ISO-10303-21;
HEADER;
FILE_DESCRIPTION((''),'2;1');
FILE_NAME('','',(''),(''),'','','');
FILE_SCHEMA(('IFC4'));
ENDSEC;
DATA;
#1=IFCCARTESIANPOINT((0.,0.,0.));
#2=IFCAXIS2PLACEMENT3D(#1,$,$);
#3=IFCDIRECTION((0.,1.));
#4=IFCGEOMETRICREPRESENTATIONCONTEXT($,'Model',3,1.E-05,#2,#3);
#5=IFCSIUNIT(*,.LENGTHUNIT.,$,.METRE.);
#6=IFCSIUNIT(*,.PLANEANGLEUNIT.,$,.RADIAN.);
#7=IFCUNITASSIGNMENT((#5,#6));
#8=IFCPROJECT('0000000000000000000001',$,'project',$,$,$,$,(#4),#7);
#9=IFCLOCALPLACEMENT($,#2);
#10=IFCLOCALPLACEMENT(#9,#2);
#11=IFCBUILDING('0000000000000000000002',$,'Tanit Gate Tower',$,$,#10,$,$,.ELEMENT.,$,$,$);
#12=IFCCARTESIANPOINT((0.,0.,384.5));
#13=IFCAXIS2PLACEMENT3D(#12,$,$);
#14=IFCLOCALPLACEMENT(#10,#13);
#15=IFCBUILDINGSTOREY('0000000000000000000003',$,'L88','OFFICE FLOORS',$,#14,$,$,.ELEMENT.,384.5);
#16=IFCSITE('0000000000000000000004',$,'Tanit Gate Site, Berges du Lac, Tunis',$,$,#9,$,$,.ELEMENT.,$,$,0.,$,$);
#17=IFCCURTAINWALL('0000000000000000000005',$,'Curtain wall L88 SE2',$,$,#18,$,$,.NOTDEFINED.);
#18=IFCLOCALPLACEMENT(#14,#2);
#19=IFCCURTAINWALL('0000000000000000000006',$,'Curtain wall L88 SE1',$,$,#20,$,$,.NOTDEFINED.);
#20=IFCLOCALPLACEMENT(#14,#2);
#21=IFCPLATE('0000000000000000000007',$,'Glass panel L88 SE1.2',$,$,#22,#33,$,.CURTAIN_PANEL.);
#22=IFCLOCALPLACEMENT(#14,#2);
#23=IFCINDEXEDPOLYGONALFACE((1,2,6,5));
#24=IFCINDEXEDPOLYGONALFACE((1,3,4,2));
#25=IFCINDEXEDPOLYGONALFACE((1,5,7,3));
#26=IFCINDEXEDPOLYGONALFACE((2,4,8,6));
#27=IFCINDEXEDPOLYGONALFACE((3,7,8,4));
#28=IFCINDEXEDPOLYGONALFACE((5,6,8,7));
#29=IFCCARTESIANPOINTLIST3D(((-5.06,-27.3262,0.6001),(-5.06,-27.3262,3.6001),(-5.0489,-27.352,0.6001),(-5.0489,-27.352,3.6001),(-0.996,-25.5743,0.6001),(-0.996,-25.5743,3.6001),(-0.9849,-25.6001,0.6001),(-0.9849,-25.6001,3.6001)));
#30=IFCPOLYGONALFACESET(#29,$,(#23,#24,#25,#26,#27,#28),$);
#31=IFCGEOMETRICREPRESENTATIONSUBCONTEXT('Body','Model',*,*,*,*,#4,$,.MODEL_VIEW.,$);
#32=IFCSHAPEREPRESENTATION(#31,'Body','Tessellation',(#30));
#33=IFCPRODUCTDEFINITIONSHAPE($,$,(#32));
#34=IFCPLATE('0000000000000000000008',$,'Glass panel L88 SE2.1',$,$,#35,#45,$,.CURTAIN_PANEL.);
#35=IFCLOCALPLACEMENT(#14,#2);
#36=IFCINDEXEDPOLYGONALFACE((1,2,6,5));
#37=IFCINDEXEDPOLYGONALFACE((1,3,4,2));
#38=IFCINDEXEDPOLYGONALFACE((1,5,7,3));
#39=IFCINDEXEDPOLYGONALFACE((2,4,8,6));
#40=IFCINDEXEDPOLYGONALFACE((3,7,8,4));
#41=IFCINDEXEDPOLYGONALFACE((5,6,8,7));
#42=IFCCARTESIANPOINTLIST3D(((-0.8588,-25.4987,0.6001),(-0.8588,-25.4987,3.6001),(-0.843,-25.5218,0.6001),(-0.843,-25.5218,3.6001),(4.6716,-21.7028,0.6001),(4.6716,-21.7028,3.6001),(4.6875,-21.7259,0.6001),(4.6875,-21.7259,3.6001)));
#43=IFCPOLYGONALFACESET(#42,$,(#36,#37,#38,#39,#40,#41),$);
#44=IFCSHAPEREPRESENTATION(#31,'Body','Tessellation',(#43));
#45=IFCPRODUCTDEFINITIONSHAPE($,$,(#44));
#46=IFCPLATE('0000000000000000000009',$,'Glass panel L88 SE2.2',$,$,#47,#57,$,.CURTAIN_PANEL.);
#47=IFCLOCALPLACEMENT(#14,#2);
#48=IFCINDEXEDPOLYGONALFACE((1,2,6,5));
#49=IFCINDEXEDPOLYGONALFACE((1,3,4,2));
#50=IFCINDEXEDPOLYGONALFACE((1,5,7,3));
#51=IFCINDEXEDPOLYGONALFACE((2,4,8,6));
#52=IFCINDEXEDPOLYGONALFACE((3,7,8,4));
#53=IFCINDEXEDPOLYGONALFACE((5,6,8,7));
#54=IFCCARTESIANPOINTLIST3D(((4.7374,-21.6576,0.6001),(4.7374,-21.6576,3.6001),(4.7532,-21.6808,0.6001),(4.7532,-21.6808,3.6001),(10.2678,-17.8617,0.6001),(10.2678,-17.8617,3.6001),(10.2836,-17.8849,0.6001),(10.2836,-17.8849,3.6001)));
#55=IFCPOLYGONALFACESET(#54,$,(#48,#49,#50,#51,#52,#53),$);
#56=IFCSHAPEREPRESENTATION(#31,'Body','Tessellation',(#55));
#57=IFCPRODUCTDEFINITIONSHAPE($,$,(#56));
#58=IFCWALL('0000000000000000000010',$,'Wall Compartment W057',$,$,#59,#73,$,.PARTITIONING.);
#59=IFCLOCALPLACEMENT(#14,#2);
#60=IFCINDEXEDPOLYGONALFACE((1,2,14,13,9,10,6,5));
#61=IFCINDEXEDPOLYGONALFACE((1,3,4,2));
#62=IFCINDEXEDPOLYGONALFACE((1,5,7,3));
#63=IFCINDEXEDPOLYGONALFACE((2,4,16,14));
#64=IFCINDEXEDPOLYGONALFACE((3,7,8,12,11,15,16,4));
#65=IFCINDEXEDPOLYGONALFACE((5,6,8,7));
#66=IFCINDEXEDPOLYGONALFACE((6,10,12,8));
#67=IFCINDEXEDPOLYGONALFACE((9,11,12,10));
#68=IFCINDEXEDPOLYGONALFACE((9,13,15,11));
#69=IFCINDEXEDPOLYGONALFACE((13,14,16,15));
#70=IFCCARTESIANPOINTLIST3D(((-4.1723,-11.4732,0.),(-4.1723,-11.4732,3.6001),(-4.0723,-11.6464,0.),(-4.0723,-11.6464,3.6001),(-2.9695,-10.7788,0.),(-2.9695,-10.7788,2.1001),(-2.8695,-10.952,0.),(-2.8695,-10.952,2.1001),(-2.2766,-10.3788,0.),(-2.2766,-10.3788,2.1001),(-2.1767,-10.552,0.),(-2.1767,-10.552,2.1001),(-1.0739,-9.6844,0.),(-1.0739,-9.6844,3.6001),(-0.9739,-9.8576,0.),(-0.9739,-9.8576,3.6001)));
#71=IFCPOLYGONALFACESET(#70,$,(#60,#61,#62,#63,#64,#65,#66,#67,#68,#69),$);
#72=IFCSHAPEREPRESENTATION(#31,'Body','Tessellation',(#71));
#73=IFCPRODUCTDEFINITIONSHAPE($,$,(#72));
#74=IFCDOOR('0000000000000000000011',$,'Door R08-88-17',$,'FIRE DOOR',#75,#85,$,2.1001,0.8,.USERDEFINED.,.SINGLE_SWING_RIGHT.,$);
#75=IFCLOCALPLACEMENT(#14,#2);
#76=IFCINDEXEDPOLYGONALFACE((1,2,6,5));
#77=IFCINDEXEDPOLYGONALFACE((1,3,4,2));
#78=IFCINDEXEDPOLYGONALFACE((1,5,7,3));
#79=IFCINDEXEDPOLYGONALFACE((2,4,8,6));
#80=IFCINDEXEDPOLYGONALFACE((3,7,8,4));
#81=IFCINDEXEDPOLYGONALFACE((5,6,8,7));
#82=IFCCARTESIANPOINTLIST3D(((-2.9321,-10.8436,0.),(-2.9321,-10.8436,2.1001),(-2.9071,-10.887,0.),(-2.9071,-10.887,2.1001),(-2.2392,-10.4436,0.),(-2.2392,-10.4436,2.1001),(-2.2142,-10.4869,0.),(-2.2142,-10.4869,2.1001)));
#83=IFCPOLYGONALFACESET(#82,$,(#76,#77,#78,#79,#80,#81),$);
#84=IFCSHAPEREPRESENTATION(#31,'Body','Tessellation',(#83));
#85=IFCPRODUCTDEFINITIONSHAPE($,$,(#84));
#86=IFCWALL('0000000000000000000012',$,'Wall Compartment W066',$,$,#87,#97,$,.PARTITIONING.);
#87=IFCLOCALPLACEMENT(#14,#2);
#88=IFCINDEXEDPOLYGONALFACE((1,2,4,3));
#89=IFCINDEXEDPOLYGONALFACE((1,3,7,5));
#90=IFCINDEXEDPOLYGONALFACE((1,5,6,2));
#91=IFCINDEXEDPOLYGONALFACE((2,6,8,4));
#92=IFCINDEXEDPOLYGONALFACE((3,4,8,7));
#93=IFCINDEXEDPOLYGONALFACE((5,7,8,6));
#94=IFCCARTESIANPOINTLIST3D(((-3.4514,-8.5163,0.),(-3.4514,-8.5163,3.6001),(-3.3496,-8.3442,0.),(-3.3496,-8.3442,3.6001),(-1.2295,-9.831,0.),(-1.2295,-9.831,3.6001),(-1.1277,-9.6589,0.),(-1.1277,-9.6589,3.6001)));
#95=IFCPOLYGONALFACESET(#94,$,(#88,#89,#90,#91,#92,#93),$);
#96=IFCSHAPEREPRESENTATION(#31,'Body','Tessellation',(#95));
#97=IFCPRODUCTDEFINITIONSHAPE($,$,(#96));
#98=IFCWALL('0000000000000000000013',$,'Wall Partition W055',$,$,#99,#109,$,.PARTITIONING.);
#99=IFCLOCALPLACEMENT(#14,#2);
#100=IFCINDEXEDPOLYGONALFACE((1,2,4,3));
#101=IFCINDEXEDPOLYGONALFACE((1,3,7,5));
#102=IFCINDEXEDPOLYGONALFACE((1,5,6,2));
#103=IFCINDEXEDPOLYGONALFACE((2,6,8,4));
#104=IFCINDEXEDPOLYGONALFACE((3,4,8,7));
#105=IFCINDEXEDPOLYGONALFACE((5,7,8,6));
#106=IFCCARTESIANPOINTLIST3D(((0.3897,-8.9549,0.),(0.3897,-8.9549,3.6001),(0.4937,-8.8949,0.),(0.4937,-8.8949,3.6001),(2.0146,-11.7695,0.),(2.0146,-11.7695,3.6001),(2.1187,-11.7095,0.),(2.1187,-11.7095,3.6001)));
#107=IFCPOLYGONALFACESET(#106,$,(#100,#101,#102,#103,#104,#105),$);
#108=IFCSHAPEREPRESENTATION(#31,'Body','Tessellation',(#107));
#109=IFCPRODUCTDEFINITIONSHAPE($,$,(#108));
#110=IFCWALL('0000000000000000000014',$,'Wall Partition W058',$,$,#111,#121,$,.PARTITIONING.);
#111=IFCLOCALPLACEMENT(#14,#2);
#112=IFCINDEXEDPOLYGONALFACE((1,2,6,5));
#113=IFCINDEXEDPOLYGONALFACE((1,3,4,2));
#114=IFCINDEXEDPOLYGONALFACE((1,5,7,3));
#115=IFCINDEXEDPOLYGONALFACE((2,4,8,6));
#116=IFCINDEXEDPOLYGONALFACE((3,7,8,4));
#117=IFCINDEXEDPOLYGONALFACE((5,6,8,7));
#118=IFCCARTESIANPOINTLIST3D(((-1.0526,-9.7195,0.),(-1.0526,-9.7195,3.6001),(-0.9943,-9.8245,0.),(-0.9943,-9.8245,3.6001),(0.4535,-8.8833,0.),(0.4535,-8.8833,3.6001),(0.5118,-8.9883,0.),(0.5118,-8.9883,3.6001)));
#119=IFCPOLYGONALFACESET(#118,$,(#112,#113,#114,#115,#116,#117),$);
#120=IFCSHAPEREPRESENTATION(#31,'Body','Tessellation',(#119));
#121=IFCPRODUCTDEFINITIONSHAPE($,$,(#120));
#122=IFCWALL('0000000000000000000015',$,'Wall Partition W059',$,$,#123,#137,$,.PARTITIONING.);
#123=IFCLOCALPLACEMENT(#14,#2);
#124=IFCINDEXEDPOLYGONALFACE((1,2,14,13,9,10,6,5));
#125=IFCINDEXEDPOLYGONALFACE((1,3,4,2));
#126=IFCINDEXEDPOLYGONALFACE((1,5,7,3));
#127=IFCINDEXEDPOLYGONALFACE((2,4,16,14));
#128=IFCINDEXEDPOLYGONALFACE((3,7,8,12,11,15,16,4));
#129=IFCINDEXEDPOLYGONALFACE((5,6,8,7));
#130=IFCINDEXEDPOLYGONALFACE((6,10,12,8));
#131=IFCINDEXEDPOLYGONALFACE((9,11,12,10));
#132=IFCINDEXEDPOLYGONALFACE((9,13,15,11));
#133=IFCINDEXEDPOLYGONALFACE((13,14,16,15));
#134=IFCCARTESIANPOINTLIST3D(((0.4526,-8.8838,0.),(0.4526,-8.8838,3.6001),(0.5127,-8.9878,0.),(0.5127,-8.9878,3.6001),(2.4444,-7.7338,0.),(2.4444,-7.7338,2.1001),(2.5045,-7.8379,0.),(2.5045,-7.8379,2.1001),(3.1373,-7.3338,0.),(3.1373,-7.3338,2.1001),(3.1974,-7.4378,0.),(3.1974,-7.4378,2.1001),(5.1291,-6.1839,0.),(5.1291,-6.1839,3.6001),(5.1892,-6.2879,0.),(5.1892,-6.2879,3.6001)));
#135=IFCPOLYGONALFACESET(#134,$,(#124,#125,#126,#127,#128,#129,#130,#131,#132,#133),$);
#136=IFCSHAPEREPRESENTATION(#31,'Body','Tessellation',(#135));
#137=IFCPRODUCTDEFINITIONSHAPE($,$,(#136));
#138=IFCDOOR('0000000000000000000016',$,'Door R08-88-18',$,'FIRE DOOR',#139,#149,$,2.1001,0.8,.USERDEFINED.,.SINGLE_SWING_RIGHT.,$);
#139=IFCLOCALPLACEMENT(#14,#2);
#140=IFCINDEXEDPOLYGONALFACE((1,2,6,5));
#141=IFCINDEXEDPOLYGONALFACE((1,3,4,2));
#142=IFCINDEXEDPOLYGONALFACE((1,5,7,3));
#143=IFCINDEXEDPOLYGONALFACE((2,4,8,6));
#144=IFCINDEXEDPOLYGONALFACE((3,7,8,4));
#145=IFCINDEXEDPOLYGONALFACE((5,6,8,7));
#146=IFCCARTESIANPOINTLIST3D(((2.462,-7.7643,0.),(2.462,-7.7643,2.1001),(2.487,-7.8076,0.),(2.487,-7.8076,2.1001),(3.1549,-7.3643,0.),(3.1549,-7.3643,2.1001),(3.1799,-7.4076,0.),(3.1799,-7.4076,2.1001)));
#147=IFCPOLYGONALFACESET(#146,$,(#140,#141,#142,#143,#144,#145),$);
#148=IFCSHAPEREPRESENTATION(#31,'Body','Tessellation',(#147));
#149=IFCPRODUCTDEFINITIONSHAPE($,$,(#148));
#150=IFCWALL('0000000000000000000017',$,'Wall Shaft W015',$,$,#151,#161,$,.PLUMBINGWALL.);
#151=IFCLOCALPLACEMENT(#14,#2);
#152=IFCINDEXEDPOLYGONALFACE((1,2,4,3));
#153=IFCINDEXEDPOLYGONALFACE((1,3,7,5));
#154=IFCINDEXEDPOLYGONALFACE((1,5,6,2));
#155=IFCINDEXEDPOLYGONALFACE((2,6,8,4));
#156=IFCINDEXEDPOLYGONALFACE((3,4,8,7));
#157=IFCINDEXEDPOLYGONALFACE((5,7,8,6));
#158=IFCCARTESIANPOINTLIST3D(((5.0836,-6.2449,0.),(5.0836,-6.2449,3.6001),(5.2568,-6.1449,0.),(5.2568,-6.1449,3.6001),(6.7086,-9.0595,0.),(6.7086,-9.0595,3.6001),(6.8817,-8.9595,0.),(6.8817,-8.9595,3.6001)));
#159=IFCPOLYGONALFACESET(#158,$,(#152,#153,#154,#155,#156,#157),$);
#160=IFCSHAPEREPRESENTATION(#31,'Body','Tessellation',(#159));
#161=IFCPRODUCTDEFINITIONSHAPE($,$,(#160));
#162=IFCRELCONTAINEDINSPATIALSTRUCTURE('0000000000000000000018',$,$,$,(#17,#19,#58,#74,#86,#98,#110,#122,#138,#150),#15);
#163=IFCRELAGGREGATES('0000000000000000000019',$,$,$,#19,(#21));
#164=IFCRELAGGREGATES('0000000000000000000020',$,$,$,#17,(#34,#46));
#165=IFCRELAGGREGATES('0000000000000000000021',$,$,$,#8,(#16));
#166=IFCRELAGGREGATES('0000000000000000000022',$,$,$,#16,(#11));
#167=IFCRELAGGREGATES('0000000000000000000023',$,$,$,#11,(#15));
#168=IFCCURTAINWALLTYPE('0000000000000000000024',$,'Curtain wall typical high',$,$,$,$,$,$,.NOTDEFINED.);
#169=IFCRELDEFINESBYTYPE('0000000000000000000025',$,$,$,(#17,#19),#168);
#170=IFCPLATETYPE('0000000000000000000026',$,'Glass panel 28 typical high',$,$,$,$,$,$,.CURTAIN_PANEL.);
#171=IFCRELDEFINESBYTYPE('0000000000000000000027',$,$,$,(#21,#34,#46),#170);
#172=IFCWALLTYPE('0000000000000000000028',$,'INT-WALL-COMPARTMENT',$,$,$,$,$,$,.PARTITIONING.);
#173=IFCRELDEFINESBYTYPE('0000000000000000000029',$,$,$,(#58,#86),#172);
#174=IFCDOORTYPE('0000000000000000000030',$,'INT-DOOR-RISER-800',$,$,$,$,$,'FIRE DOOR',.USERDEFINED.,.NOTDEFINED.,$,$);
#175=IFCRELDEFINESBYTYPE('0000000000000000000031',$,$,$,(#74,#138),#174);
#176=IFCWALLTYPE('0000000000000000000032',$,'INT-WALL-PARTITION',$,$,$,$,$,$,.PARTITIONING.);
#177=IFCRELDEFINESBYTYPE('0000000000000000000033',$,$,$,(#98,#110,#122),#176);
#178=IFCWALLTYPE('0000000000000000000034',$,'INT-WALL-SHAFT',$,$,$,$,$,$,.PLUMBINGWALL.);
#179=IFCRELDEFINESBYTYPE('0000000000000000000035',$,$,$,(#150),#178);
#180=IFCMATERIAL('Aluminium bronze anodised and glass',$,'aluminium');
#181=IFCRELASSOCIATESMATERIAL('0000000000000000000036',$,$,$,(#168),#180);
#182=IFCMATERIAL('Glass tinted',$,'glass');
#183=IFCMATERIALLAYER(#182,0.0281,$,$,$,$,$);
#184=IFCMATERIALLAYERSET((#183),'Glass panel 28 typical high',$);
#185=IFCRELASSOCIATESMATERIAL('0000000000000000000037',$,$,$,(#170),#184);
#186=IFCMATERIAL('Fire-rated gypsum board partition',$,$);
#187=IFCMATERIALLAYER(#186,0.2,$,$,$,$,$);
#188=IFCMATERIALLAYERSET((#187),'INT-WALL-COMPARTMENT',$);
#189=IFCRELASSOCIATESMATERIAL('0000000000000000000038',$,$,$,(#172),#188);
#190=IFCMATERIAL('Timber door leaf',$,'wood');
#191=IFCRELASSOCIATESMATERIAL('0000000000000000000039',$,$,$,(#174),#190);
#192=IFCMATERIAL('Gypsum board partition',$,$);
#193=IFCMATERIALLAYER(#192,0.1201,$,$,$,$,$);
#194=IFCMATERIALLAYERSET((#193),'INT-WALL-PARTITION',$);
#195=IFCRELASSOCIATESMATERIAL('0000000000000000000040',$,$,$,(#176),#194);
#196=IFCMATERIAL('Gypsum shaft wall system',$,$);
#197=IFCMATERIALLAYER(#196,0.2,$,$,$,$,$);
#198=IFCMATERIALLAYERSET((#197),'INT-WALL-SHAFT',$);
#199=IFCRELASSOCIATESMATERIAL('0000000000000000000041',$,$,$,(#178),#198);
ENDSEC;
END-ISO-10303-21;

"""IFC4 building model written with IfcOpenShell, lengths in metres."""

from ifc_helpers import new_model, si_unit, direction, frame, frame_2d, origin, origin_2d, place, context, subcontext, project, spatial, rectangle, extrude, material, layer, layer_set, type_object, element, fill, aggregate, save


model = new_model("IFC4")

# Units and contexts
model_context = context("Model", 3, precision=1e-05, world=origin(), true_north=direction((0.0, 1.0)))
body_context = subcontext(model_context, "Body", "Model", "MODEL_VIEW")
ifc_project = project(units=[si_unit("LENGTHUNIT", "METRE"), si_unit("PLANEANGLEUNIT", "RADIAN")], contexts=[model_context])

# Site, building, storey
site_placement = place(None, origin())
site = spatial("IfcSite", under=ifc_project, at=site_placement, Name="Tanit Gate Site, Berges du Lac, Tunis", CompositionType="ELEMENT", RefElevation=0.0)
building_placement = place(site_placement, origin())
building = spatial("IfcBuilding", under=site, at=building_placement, Name="Tanit Gate Tower", CompositionType="ELEMENT")
storey_placement = place(building_placement, frame((0.0, 0.0, 384.5)))
storey = spatial("IfcBuildingStorey", under=building, at=storey_placement, Name="L88", Description="OFFICE FLOORS", CompositionType="ELEMENT", Elevation=384.5)

# Curtain wall
ifc_material_1 = material(Name="Aluminium bronze anodised and glass", Category="aluminium")
curtain_wall_type = type_object("IfcCurtainWallType", Name="Curtain wall typical high", PredefinedType="NOTDEFINED", material=ifc_material_1)
curtain_wall_1_placement = place(storey_placement, origin())
curtain_wall_1 = element("IfcCurtainWall", 1, at=curtain_wall_1_placement, inside=storey, type_object=curtain_wall_type, Name="Curtain wall L88 SE2", PredefinedType="NOTDEFINED")

# Curtain wall
curtain_wall_2_placement = place(storey_placement, origin())
curtain_wall_2 = element("IfcCurtainWall", 2, at=curtain_wall_2_placement, inside=storey, type_object=curtain_wall_type, Name="Curtain wall L88 SE1", PredefinedType="NOTDEFINED")

# Plates
ifc_material_2 = material(Name="Glass tinted", Category="glass")
ifc_layer_1 = layer(ifc_material_2, 0.0281)
ifc_layer_set_1 = layer_set([ifc_layer_1], Name="Glass panel 28 typical high")
plate_type = type_object("IfcPlateType", Name="Glass panel 28 typical high", PredefinedType="CURTAIN_PANEL", material=ifc_layer_set_1)
plate_1_placement = place(storey_placement, frame((-3.0225, -26.4631, 0.6001), z_axis=(0.0, 0.0, 1.0), x_axis=(0.918306, 0.395871, 0.0)))
plate_1 = element("IfcPlate", 3, at=plate_1_placement, type_object=plate_type, Name="Glass panel L88 SE1.2", PredefinedType="CURTAIN_PANEL", context=body_context, shape_type="SweptSolid", body=[
    extrude(rectangle(XDim=4.4255, YDim=0.0281, at=origin_2d()), origin(), (0.0, 0.0, 1.0), 3.0),
])
aggregate(curtain_wall_2, [plate_1])
plate_2_placement = place(storey_placement, frame((1.9143, -23.6123, 0.6001), z_axis=(0.0, 0.0, 1.0), x_axis=(0.824479, 0.565893, 0.0)))
plate_2 = element("IfcPlate", 4, at=plate_2_placement, type_object=plate_type, Name="Glass panel L88 SE2.1", PredefinedType="CURTAIN_PANEL", context=body_context, shape_type="SweptSolid", body=[
    extrude(rectangle(XDim=6.7078, YDim=0.0281, at=origin_2d()), origin(), (0.0, 0.0, 1.0), 3.0),
])
plate_3_placement = place(storey_placement, frame((7.5105, -19.7712, 0.6001), z_axis=(0.0, 0.0, 1.0), x_axis=(0.824479, 0.565893, 0.0)))
plate_3 = element("IfcPlate", 5, at=plate_3_placement, type_object=plate_type, Name="Glass panel L88 SE2.2", PredefinedType="CURTAIN_PANEL", context=body_context, shape_type="SweptSolid", body=[
    extrude(rectangle(XDim=6.7078, YDim=0.0281, at=origin_2d()), origin(), (0.0, 0.0, 1.0), 3.0),
])
aggregate(curtain_wall_1, [plate_2, plate_3])

# Wall, opening, door
ifc_material_3 = material(Name="Fire-rated gypsum board partition")
ifc_layer_2 = layer(ifc_material_3, 0.2)
ifc_layer_set_2 = layer_set([ifc_layer_2], Name="INT-WALL-COMPARTMENT")
wall_type_1 = type_object("IfcWallType", Name="INT-WALL-COMPARTMENT", PredefinedType="PARTITIONING", material=ifc_layer_set_2)
wall_1_placement = place(storey_placement, frame((-1.0239, -9.771, 0.0), z_axis=(0.0, 0.0, 1.0), x_axis=(-0.86603, -0.499992, 0.0)))
wall_1 = element("IfcWall", 6, at=wall_1_placement, inside=storey, type_object=wall_type_1, Name="Wall Compartment W057", PredefinedType="PARTITIONING", context=body_context, shape_type="SweptSolid", body=[
    extrude(rectangle(XDim=3.5776, YDim=0.2, at=frame_2d((1.7888, 0.0))), origin(), (0.0, 0.0, 1.0), 3.6001),
])
opening_1_placement = place(wall_1_placement, frame((1.3889, 0.0, 0.0)))
opening_1 = element("IfcOpeningElement", 7, at=opening_1_placement, cuts=wall_1, PredefinedType="OPENING", context=body_context, shape_type="SweptSolid", body=[
    extrude(rectangle(XDim=0.8, YDim=2.1001, at=frame_2d((0.3999, 1.05))), frame((0.0, 0.1099, 0.0), z_axis=(0.0, -1.0, 0.0), x_axis=(1.0, 0.0, 0.0)), (0.0, 0.0, 1.0), 0.22),
])
ifc_material_4 = material(Name="Timber door leaf", Category="wood")
door_type_1 = type_object("IfcDoorType", Name="INT-DOOR-RISER-800", ElementType="FIRE DOOR", OperationType="NOTDEFINED", PredefinedType="USERDEFINED", material=ifc_material_4)
door_1_placement = place(opening_1_placement, origin())
door_1 = element("IfcDoor", 8, at=door_1_placement, inside=storey, type_object=door_type_1, Name="Door R08-88-17", ObjectType="FIRE DOOR", OperationType="SINGLE_SWING_RIGHT", OverallHeight=2.1001, OverallWidth=0.8, PredefinedType="USERDEFINED", context=body_context, shape_type="SweptSolid", body=[
    extrude(rectangle(XDim=0.8, YDim=2.1001, at=frame_2d((0.3999, 1.05))), frame((0.0, 0.0249, 0.0), z_axis=(0.0, -1.0, 0.0), x_axis=(1.0, 0.0, 0.0)), (0.0, 0.0, 1.0), 0.05),
])
fill(opening_1, door_1)

# Walls
wall_2_placement = place(storey_placement, frame((-3.4006, -8.4302, 0.0), z_axis=(0.0, 0.0, 1.0), x_axis=(0.860631, -0.509229, 0.0)))
element("IfcWall", 9, at=wall_2_placement, inside=storey, type_object=wall_type_1, Name="Wall Compartment W066", PredefinedType="PARTITIONING", context=body_context, shape_type="SweptSolid", body=[
    extrude(rectangle(XDim=2.5818, YDim=0.2, at=frame_2d((1.291, 0.0))), origin(), (0.0, 0.0, 1.0), 3.6001),
])
ifc_material_5 = material(Name="Gypsum board partition")
ifc_layer_3 = layer(ifc_material_5, 0.1201)
ifc_layer_set_3 = layer_set([ifc_layer_3], Name="INT-WALL-PARTITION")
wall_type_2 = type_object("IfcWallType", Name="INT-WALL-PARTITION", PredefinedType="PARTITIONING", material=ifc_layer_set_3)
wall_3_placement = place(storey_placement, frame((2.0667, -11.7395, 0.0), z_axis=(0.0, 0.0, 1.0), x_axis=(-0.499985, 0.866034, 0.0)))
element("IfcWall", 10, at=wall_3_placement, inside=storey, type_object=wall_type_2, Name="Wall Partition W055", PredefinedType="PARTITIONING", context=body_context, shape_type="SweptSolid", body=[
    extrude(rectangle(XDim=3.25, YDim=0.1201, at=frame_2d((1.625, 0.0))), origin(), (0.0, 0.0, 1.0), 3.6001),
])
wall_4_placement = place(storey_placement, frame((-1.0234, -9.772, 0.0), z_axis=(0.0, 0.0, 1.0), x_axis=(0.874291, 0.485402, 0.0)))
element("IfcWall", 11, at=wall_4_placement, inside=storey, type_object=wall_type_2, Name="Wall Partition W058", PredefinedType="PARTITIONING", context=body_context, shape_type="SweptSolid", body=[
    extrude(rectangle(XDim=1.7227, YDim=0.1201, at=frame_2d((0.8613, 0.0))), origin(), (0.0, 0.0, 1.0), 3.6001),
])

# Wall, opening, door
wall_5_placement = place(storey_placement, frame((0.4827, -8.9358, 0.0), z_axis=(0.0, 0.0, 1.0), x_axis=(0.866028, 0.499995, 0.0)))
wall_5 = element("IfcWall", 12, at=wall_5_placement, inside=storey, type_object=wall_type_2, Name="Wall Partition W059", PredefinedType="PARTITIONING", context=body_context, shape_type="SweptSolid", body=[
    extrude(rectangle(XDim=5.3999, YDim=0.1201, at=frame_2d((2.7, 0.0))), origin(), (0.0, 0.0, 1.0), 3.6001),
])
opening_2_placement = place(wall_5_placement, frame((2.3, 0.0, 0.0)))
opening_2 = element("IfcOpeningElement", 13, at=opening_2_placement, cuts=wall_5, PredefinedType="OPENING", context=body_context, shape_type="SweptSolid", body=[
    extrude(rectangle(XDim=0.8, YDim=2.1001, at=frame_2d((0.3999, 1.05))), frame((0.0, 0.0701, 0.0), z_axis=(0.0, -1.0, 0.0), x_axis=(1.0, 0.0, 0.0)), (0.0, 0.0, 1.0), 0.1401),
])
door_2_placement = place(opening_2_placement, origin())
door_2 = element("IfcDoor", 14, at=door_2_placement, inside=storey, type_object=door_type_1, Name="Door R08-88-18", ObjectType="FIRE DOOR", OperationType="SINGLE_SWING_RIGHT", OverallHeight=2.1001, OverallWidth=0.8, PredefinedType="USERDEFINED", context=body_context, shape_type="SweptSolid", body=[
    extrude(rectangle(XDim=0.8, YDim=2.1001, at=frame_2d((0.3999, 1.05))), frame((0.0, 0.0249, 0.0), z_axis=(0.0, -1.0, 0.0), x_axis=(1.0, 0.0, 0.0)), (0.0, 0.0, 1.0), 0.05),
])
fill(opening_2, door_2)

# Wall
ifc_material_6 = material(Name="Gypsum shaft wall system")
ifc_layer_4 = layer(ifc_material_6, 0.2)
ifc_layer_set_4 = layer_set([ifc_layer_4], Name="INT-WALL-SHAFT")
wall_type_3 = type_object("IfcWallType", Name="INT-WALL-SHAFT", PredefinedType="PLUMBINGWALL", material=ifc_layer_set_4)
wall_6_placement = place(storey_placement, frame((6.7952, -9.0095, 0.0), z_axis=(0.0, 0.0, 1.0), x_axis=(-0.499985, 0.866034, 0.0)))
element("IfcWall", 15, at=wall_6_placement, inside=storey, type_object=wall_type_3, Name="Wall Shaft W015", PredefinedType="PLUMBINGWALL", context=body_context, shape_type="SweptSolid", body=[
    extrude(rectangle(XDim=3.25, YDim=0.2, at=frame_2d((1.625, 0.0))), origin(), (0.0, 0.0, 1.0), 3.6001),
])

save(model, "model.ifc")
